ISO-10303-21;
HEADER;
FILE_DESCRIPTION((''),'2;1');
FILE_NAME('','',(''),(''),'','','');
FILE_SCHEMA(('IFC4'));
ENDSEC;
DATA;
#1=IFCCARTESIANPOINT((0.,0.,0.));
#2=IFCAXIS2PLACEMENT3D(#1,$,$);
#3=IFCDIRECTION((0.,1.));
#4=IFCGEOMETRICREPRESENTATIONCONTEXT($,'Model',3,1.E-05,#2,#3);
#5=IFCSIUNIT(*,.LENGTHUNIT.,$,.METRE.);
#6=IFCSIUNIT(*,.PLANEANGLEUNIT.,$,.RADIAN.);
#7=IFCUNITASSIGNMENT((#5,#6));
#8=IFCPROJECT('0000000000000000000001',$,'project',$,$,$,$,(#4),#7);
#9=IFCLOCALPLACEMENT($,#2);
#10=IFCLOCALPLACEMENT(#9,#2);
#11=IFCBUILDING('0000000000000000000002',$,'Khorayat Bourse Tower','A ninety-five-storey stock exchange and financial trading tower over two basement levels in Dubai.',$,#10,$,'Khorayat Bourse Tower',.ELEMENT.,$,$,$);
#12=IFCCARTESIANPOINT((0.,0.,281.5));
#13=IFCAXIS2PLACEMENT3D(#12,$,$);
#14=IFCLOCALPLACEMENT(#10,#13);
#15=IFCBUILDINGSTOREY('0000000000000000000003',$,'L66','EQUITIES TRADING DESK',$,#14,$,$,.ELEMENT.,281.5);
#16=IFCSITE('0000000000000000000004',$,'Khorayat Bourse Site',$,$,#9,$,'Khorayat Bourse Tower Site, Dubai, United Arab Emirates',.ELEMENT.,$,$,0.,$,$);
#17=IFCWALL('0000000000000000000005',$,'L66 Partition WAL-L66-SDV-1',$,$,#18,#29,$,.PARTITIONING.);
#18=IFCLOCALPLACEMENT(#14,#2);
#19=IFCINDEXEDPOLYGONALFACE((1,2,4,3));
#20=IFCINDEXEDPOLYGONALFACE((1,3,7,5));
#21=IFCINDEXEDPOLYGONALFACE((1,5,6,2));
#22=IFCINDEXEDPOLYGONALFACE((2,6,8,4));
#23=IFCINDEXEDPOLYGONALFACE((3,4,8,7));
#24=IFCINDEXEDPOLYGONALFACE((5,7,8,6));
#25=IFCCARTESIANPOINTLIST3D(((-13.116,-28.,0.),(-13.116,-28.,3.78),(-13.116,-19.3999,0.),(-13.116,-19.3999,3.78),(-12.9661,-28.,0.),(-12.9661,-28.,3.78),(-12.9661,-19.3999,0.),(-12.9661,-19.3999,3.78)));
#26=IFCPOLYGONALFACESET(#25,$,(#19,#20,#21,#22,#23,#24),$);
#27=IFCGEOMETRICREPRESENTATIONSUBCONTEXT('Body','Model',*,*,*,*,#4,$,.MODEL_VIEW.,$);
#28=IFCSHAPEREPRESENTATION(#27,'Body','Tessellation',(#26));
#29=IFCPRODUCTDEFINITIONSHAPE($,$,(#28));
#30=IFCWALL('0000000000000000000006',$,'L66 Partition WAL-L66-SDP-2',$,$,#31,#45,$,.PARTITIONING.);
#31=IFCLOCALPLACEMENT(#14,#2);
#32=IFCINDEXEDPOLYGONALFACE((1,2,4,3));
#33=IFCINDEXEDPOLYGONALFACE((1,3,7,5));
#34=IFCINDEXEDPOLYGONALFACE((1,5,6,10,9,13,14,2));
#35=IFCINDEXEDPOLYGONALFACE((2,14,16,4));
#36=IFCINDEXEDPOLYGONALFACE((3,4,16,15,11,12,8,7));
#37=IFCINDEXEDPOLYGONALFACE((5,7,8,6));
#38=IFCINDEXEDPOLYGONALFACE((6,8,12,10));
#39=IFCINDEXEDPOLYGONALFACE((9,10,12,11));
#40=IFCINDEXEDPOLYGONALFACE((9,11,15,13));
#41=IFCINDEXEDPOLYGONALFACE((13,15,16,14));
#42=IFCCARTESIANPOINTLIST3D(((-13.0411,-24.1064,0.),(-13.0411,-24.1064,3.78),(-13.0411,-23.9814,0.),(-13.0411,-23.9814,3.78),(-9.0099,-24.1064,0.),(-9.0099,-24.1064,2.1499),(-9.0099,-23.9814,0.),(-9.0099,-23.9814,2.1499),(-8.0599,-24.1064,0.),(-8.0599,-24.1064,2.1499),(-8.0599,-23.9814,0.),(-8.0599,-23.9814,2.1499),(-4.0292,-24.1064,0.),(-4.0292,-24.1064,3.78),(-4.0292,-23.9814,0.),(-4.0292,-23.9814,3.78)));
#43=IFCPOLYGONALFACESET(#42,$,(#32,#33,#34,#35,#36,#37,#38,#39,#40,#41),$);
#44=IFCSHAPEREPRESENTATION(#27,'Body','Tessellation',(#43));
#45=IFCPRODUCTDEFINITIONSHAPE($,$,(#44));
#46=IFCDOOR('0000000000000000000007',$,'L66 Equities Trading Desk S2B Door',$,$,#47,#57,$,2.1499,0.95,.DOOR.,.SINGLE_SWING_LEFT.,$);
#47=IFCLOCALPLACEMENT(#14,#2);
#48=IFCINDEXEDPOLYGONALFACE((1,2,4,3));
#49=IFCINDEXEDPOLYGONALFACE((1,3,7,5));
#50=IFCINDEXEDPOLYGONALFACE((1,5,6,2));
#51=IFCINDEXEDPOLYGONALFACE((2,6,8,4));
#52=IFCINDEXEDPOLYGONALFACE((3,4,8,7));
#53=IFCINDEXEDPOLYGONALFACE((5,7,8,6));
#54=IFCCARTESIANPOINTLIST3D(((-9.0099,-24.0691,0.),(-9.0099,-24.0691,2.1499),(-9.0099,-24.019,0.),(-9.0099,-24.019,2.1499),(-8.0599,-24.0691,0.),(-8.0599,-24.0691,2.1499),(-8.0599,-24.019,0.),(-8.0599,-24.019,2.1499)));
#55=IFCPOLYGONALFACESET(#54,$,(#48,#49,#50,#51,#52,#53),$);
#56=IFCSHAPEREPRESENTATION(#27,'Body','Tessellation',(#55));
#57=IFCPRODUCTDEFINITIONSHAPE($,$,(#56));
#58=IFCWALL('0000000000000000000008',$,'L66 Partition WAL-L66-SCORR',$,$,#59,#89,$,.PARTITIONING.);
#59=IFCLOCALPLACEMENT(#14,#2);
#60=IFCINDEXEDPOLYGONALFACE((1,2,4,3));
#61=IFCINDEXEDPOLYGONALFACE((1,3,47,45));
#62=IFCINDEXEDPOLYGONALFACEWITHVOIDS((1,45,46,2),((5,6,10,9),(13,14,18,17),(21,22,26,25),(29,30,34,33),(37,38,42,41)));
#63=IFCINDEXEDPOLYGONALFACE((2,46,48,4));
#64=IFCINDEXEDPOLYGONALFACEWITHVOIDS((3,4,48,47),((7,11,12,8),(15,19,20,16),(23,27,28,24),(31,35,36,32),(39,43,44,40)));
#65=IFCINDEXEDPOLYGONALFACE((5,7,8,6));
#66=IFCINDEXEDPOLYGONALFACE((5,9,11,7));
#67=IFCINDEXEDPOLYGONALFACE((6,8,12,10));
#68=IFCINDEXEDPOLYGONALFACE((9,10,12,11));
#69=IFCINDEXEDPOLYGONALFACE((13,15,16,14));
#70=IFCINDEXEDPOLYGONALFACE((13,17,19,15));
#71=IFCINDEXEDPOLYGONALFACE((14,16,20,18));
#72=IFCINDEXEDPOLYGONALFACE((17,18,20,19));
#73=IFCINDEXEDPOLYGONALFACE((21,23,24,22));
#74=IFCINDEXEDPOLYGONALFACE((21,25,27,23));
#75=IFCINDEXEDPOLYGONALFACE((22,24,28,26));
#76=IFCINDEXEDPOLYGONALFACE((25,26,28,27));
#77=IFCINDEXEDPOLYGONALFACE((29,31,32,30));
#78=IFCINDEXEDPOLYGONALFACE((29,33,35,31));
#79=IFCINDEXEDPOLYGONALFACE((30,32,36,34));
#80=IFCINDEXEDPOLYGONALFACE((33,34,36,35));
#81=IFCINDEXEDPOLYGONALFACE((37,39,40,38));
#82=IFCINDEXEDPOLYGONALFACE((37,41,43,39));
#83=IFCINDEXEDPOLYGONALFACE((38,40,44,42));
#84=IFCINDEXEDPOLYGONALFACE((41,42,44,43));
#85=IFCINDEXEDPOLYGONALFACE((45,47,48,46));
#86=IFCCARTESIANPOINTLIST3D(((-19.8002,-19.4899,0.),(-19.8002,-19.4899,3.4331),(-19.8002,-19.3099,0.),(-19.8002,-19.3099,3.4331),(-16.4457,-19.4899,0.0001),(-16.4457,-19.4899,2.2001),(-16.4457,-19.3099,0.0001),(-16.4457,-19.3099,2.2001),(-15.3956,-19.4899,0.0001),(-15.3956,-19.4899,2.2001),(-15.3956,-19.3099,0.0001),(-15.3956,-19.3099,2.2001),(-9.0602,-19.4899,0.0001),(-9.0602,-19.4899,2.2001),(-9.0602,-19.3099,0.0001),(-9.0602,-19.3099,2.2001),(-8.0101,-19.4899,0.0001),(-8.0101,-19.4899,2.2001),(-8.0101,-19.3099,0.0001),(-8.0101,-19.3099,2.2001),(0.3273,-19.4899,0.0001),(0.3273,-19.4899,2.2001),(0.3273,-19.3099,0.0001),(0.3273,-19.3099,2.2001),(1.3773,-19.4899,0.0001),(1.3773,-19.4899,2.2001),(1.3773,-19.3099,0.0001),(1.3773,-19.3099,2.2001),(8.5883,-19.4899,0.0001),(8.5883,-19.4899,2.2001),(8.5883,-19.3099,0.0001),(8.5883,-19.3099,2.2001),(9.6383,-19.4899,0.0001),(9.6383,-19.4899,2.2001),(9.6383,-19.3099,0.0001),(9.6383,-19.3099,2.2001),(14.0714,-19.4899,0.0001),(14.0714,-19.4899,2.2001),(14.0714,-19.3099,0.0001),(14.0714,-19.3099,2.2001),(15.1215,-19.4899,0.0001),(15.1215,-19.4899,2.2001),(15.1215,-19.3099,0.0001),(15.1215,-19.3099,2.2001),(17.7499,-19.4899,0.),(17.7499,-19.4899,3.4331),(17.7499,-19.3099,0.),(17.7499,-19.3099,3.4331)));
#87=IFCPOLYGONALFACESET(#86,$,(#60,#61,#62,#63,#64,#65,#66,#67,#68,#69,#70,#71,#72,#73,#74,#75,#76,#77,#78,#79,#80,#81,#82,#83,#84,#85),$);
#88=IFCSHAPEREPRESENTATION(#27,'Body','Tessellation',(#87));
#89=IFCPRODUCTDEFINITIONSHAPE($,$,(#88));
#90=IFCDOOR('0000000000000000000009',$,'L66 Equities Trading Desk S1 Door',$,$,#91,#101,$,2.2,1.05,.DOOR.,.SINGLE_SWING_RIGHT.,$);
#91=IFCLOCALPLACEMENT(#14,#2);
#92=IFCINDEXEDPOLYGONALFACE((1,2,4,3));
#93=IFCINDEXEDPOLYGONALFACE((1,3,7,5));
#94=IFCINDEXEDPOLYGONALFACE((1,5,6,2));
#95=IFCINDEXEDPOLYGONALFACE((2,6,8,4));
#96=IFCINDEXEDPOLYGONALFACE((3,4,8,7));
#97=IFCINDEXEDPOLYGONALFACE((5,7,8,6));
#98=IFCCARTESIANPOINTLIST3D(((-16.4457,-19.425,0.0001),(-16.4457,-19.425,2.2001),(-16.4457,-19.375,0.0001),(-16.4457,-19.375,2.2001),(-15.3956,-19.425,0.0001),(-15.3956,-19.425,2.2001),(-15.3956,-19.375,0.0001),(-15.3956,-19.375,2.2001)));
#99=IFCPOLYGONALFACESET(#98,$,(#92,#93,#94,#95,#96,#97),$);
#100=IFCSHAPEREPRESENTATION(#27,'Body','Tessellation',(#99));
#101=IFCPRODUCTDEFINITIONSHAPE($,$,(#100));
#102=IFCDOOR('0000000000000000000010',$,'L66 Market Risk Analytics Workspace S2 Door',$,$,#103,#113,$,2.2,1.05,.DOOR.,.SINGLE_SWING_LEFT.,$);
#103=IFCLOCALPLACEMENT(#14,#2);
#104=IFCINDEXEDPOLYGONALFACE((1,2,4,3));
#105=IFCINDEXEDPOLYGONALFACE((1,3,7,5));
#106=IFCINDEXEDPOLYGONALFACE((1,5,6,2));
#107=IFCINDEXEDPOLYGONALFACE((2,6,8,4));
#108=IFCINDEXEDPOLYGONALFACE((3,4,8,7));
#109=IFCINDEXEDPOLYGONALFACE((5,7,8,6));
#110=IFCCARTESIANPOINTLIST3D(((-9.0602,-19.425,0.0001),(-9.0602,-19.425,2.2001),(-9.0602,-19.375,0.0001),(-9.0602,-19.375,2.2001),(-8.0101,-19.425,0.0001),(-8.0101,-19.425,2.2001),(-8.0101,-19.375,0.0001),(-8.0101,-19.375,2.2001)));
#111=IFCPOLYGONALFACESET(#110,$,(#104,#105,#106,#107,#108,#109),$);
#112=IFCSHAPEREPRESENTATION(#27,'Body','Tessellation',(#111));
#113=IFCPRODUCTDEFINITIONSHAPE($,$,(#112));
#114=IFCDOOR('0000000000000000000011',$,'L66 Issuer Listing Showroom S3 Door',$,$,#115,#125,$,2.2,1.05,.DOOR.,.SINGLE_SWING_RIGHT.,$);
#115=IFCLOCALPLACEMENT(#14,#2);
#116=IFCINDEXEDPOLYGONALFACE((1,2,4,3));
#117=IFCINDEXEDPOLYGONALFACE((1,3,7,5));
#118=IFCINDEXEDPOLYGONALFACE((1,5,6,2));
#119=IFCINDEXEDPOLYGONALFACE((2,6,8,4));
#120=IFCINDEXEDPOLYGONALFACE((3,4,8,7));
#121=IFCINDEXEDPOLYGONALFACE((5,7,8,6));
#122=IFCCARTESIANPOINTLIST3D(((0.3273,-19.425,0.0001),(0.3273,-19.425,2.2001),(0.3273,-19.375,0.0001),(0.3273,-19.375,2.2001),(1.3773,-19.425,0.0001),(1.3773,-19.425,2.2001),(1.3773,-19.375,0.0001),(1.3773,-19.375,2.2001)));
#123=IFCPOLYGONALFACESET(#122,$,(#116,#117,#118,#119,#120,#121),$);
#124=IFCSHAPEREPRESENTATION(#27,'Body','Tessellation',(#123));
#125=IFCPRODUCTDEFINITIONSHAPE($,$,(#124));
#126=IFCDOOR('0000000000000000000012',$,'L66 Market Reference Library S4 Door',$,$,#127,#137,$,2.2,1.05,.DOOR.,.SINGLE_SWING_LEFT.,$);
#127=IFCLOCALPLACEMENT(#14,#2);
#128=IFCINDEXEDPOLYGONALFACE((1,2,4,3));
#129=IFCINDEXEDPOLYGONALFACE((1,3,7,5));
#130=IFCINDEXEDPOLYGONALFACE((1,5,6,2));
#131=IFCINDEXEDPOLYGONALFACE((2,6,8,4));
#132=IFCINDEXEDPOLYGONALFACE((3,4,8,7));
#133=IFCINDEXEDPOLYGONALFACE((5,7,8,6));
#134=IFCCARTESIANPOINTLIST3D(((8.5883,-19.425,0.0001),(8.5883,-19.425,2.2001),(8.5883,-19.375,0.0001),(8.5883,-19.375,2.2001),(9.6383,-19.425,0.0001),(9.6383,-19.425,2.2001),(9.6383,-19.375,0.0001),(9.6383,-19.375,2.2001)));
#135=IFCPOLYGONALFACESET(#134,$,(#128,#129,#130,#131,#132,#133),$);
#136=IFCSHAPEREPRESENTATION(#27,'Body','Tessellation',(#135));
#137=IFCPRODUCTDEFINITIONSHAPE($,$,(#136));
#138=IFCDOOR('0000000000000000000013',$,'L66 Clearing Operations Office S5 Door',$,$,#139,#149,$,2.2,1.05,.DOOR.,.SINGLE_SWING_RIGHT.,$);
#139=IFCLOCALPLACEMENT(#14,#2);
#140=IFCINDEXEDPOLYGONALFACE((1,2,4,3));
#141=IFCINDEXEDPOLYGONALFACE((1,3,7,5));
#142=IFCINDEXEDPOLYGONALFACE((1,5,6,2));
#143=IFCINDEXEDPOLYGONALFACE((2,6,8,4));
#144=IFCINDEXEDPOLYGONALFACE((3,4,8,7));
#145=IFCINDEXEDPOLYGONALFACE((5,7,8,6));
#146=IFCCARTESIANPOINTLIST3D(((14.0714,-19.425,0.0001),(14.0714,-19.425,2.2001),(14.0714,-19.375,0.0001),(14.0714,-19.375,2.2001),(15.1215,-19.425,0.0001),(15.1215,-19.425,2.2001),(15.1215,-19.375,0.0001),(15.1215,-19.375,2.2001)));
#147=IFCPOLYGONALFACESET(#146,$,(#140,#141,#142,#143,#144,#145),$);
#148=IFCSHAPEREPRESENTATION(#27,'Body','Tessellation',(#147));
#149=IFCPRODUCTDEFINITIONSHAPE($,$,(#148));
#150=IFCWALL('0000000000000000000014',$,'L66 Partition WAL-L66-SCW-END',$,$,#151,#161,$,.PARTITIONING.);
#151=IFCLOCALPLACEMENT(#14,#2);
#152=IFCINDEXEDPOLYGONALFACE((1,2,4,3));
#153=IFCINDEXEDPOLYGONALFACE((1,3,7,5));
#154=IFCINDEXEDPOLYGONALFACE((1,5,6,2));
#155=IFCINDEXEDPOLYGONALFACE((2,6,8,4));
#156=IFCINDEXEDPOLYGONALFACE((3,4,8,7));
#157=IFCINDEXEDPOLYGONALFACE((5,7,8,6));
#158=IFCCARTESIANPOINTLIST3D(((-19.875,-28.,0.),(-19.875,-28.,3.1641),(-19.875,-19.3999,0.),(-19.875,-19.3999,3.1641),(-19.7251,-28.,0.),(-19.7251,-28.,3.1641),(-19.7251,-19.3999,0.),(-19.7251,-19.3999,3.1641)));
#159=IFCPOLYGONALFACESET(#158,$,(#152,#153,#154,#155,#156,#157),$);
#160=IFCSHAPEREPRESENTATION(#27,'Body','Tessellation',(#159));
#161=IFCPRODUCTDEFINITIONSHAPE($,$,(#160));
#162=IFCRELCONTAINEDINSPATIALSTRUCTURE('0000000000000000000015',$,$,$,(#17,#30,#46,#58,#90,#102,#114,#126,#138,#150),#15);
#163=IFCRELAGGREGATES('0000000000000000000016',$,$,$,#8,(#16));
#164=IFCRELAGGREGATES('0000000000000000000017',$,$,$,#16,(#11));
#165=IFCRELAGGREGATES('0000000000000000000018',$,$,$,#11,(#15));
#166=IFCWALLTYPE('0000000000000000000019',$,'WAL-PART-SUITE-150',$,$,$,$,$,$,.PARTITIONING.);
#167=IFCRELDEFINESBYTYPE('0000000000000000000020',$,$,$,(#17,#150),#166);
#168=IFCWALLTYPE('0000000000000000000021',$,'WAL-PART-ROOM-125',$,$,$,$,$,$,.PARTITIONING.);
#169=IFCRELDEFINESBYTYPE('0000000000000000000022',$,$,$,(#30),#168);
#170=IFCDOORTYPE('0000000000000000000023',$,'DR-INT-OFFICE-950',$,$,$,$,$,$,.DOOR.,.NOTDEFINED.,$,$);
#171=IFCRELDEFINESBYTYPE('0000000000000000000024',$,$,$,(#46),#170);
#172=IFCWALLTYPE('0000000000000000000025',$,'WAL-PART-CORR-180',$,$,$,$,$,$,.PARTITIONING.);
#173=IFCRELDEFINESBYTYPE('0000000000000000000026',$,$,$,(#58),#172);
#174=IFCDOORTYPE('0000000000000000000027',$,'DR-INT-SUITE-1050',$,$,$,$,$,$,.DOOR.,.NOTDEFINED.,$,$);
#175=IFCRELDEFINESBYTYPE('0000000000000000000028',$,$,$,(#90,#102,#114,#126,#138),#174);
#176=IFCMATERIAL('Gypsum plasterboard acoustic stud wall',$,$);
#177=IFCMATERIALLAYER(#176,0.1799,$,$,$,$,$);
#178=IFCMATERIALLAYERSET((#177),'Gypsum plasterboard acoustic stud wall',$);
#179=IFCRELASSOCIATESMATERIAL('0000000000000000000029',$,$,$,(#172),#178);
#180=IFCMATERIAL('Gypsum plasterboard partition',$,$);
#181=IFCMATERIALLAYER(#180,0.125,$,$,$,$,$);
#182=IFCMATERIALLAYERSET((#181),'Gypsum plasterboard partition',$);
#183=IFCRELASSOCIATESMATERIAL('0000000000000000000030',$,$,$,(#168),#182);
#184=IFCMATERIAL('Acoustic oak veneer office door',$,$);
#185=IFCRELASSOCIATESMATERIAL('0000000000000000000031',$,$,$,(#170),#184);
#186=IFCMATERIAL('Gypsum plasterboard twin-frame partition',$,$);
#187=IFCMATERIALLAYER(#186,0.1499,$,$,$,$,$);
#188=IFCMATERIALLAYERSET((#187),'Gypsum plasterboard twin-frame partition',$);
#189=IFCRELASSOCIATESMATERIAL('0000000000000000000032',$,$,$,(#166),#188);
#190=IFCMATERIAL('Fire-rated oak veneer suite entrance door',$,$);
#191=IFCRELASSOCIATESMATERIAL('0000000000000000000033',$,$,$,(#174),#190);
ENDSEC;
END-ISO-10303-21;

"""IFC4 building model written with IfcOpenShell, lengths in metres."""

from ifc_helpers import new_model, si_unit, direction, frame, frame_2d, origin, place, context, subcontext, project, spatial, rectangle, extrude, source, transform, mapped, material, layer, layer_set, type_object, element, fill, save


model = new_model("IFC4")

# Units and contexts
model_context = context("Model", 3, precision=1e-05, world=origin(), true_north=direction((0.0, 1.0)))
body_context = subcontext(model_context, "Body", "Model", "MODEL_VIEW")
ifc_project = project(units=[si_unit("LENGTHUNIT", "METRE"), si_unit("PLANEANGLEUNIT", "RADIAN")], contexts=[model_context])

# Site, building, storey
site_placement = place(None, origin())
site = spatial("IfcSite", under=ifc_project, at=site_placement, Name="Khorayat Bourse Site", LongName="Khorayat Bourse Tower Site, Dubai, United Arab Emirates", CompositionType="ELEMENT", RefElevation=0.0)
building_placement = place(site_placement, origin())
building = spatial("IfcBuilding", under=site, at=building_placement, Name="Khorayat Bourse Tower", Description="A ninety-five-storey stock exchange and financial trading tower over two basement levels in Dubai.", LongName="Khorayat Bourse Tower", CompositionType="ELEMENT")
storey_placement = place(building_placement, frame((0.0, 0.0, 281.5)))
storey = spatial("IfcBuildingStorey", under=building, at=storey_placement, Name="L66", Description="EQUITIES TRADING DESK", CompositionType="ELEMENT", Elevation=281.5)

# Shared definitions
ifc_material_1 = material(Name="Gypsum plasterboard acoustic stud wall")
ifc_layer_1 = layer(ifc_material_1, 0.1799)
ifc_layer_set_1 = layer_set([ifc_layer_1], Name="Gypsum plasterboard acoustic stud wall")
wall_type_1 = type_object("IfcWallType", Name="WAL-PART-CORR-180", PredefinedType="PARTITIONING", material=ifc_layer_set_1)
ifc_material_2 = material(Name="Gypsum plasterboard partition")
ifc_layer_2 = layer(ifc_material_2, 0.125)
ifc_layer_set_2 = layer_set([ifc_layer_2], Name="Gypsum plasterboard partition")
wall_type_2 = type_object("IfcWallType", Name="WAL-PART-ROOM-125", PredefinedType="PARTITIONING", material=ifc_layer_set_2)
shared_shape_1 = source(origin(), body_context, "Body", "SweptSolid", [
    extrude(rectangle(XDim=0.95, YDim=2.1499, at=frame_2d((0.4751, 1.075))), frame((0.0, 0.0725, 0.0), z_axis=(0.0, -1.0, 0.0), x_axis=(1.0, 0.0, 0.0)), (0.0, 0.0, 1.0), 0.145),
])
ifc_material_3 = material(Name="Acoustic oak veneer office door")
door_type_1 = type_object("IfcDoorType", Name="DR-INT-OFFICE-950", OperationType="NOTDEFINED", PredefinedType="DOOR", material=ifc_material_3)
shared_shape_2 = source(origin(), body_context, "Body", "SweptSolid", [
    extrude(rectangle(XDim=0.95, YDim=2.1499, at=frame_2d((0.4751, 1.075))), frame((0.0, 0.0249, 0.0), z_axis=(0.0, -1.0, 0.0), x_axis=(1.0, 0.0, 0.0)), (0.0, 0.0, 1.0), 0.05),
])

# Wall
ifc_material_4 = material(Name="Gypsum plasterboard twin-frame partition")
ifc_layer_3 = layer(ifc_material_4, 0.1499)
ifc_layer_set_3 = layer_set([ifc_layer_3], Name="Gypsum plasterboard twin-frame partition")
wall_type_3 = type_object("IfcWallType", Name="WAL-PART-SUITE-150", PredefinedType="PARTITIONING", material=ifc_layer_set_3)
shared_shape_3 = source(origin(), body_context, "Body", "SweptSolid", [
    extrude(rectangle(XDim=8.6001, YDim=0.1499, at=frame_2d((4.3, 0.0))), origin(), (0.0, 0.0, 1.0), 3.78),
])
wall_1_placement = place(storey_placement, frame((-13.041, -28.0, 0.0), z_axis=(0.0, 0.0, 1.0), x_axis=(0.0, 1.0, 0.0)))
element("IfcWall", 1, at=wall_1_placement, inside=storey, type_object=wall_type_3, Name="L66 Partition WAL-L66-SDV-1", PredefinedType="PARTITIONING", context=body_context, shape_type="MappedRepresentation", body=[
    mapped(shared_shape_3, transform((0.0, 0.0, 0.0), scale=1.0)),
])

# Wall, opening, door
shared_shape_4 = source(origin(), body_context, "Body", "SweptSolid", [
    extrude(rectangle(XDim=9.012, YDim=0.125, at=frame_2d((4.5059, 0.0))), origin(), (0.0, 0.0, 1.0), 3.78),
])
wall_2_placement = place(storey_placement, frame((-13.041, -24.0439, 0.0), z_axis=(0.0, 0.0, 1.0), x_axis=(1.0, 0.0, 0.0)))
wall_2 = element("IfcWall", 2, at=wall_2_placement, inside=storey, type_object=wall_type_2, Name="L66 Partition WAL-L66-SDP-2", PredefinedType="PARTITIONING", context=body_context, shape_type="MappedRepresentation", body=[
    mapped(shared_shape_4, transform((0.0, 0.0, 0.0), scale=1.0)),
])
opening_1_placement = place(wall_2_placement, frame((4.031, 0.0, 0.0)))
opening_1 = element("IfcOpeningElement", 3, at=opening_1_placement, cuts=wall_2, PredefinedType="OPENING", context=body_context, shape_type="MappedRepresentation", body=[
    mapped(shared_shape_1, transform((0.0, 0.0, 0.0), scale=1.0)),
])
door_1_placement = place(opening_1_placement, origin())
door_1 = element("IfcDoor", 4, at=door_1_placement, inside=storey, type_object=door_type_1, Name="L66 Equities Trading Desk S2B Door", OperationType="SINGLE_SWING_LEFT", OverallHeight=2.1499, OverallWidth=0.95, PredefinedType="DOOR", context=body_context, shape_type="MappedRepresentation", body=[
    mapped(shared_shape_2, transform((0.0, 0.0, 0.0), scale=1.0)),
])
fill(opening_1, door_1)

# Wall, openings, doors
shared_shape_5 = source(origin(), body_context, "Body", "SweptSolid", [
    extrude(rectangle(XDim=37.55, YDim=0.1799, at=frame_2d((18.7749, 0.0))), origin(), (0.0, 0.0, 1.0), 3.4331),
])
wall_3_placement = place(storey_placement, frame((-19.8, -19.3999, 0.0), z_axis=(0.0, 0.0, 1.0), x_axis=(1.0, 0.0, 0.0)))
wall_3 = element("IfcWall", 5, at=wall_3_placement, inside=storey, type_object=wall_type_1, Name="L66 Partition WAL-L66-SCORR", PredefinedType="PARTITIONING", context=body_context, shape_type="MappedRepresentation", body=[
    mapped(shared_shape_5, transform((0.0, 0.0, 0.0), scale=1.0)),
])
shared_shape_6 = source(origin(), body_context, "Body", "SweptSolid", [
    extrude(rectangle(XDim=1.05, YDim=2.2, at=frame_2d((0.5249, 1.1001))), frame((0.0, 0.0999, 0.0), z_axis=(0.0, -1.0, 0.0), x_axis=(1.0, 0.0, 0.0)), (0.0, 0.0, 1.0), 0.2),
])
opening_2_placement = place(wall_3_placement, frame((3.3545, 0.0, 0.0)))
opening_2 = element("IfcOpeningElement", 6, at=opening_2_placement, cuts=wall_3, PredefinedType="OPENING", context=body_context, shape_type="MappedRepresentation", body=[
    mapped(shared_shape_6, transform((0.0, 0.0, 0.0), scale=1.0)),
])
opening_3_placement = place(wall_3_placement, frame((10.74, 0.0, 0.0)))
opening_3 = element("IfcOpeningElement", 7, at=opening_3_placement, cuts=wall_3, PredefinedType="OPENING", context=body_context, shape_type="MappedRepresentation", body=[
    mapped(shared_shape_6, transform((0.0, 0.0, 0.0), scale=1.0)),
])
opening_4_placement = place(wall_3_placement, frame((20.1274, 0.0, 0.0)))
opening_4 = element("IfcOpeningElement", 8, at=opening_4_placement, cuts=wall_3, PredefinedType="OPENING", context=body_context, shape_type="MappedRepresentation", body=[
    mapped(shared_shape_6, transform((0.0, 0.0, 0.0), scale=1.0)),
])
opening_5_placement = place(wall_3_placement, frame((28.3884, 0.0, 0.0)))
opening_5 = element("IfcOpeningElement", 9, at=opening_5_placement, cuts=wall_3, PredefinedType="OPENING", context=body_context, shape_type="MappedRepresentation", body=[
    mapped(shared_shape_6, transform((0.0, 0.0, 0.0), scale=1.0)),
])
opening_6_placement = place(wall_3_placement, frame((33.8716, 0.0, 0.0)))
opening_6 = element("IfcOpeningElement", 10, at=opening_6_placement, cuts=wall_3, PredefinedType="OPENING", context=body_context, shape_type="MappedRepresentation", body=[
    mapped(shared_shape_6, transform((0.0, 0.0, 0.0), scale=1.0)),
])
ifc_material_5 = material(Name="Fire-rated oak veneer suite entrance door")
door_type_2 = type_object("IfcDoorType", Name="DR-INT-SUITE-1050", OperationType="NOTDEFINED", PredefinedType="DOOR", material=ifc_material_5)
shared_shape_7 = source(origin(), body_context, "Body", "SweptSolid", [
    extrude(rectangle(XDim=1.05, YDim=2.2, at=frame_2d((0.5249, 1.1001))), frame((0.0, 0.0249, 0.0), z_axis=(0.0, -1.0, 0.0), x_axis=(1.0, 0.0, 0.0)), (0.0, 0.0, 1.0), 0.05),
])
door_2_placement = place(opening_2_placement, origin())
door_2 = element("IfcDoor", 11, at=door_2_placement, inside=storey, type_object=door_type_2, Name="L66 Equities Trading Desk S1 Door", OperationType="SINGLE_SWING_RIGHT", OverallHeight=2.2, OverallWidth=1.05, PredefinedType="DOOR", context=body_context, shape_type="MappedRepresentation", body=[
    mapped(shared_shape_7, transform((0.0, 0.0, 0.0), scale=1.0)),
])
fill(opening_2, door_2)
door_3_placement = place(opening_3_placement, origin())
door_3 = element("IfcDoor", 12, at=door_3_placement, inside=storey, type_object=door_type_2, Name="L66 Market Risk Analytics Workspace S2 Door", OperationType="SINGLE_SWING_LEFT", OverallHeight=2.2, OverallWidth=1.05, PredefinedType="DOOR", context=body_context, shape_type="MappedRepresentation", body=[
    mapped(shared_shape_7, transform((0.0, 0.0, 0.0), scale=1.0)),
])
fill(opening_3, door_3)
door_4_placement = place(opening_4_placement, origin())
door_4 = element("IfcDoor", 13, at=door_4_placement, inside=storey, type_object=door_type_2, Name="L66 Issuer Listing Showroom S3 Door", OperationType="SINGLE_SWING_RIGHT", OverallHeight=2.2, OverallWidth=1.05, PredefinedType="DOOR", context=body_context, shape_type="MappedRepresentation", body=[
    mapped(shared_shape_7, transform((0.0, 0.0, 0.0), scale=1.0)),
])
fill(opening_4, door_4)
door_5_placement = place(opening_5_placement, origin())
door_5 = element("IfcDoor", 14, at=door_5_placement, inside=storey, type_object=door_type_2, Name="L66 Market Reference Library S4 Door", OperationType="SINGLE_SWING_LEFT", OverallHeight=2.2, OverallWidth=1.05, PredefinedType="DOOR", context=body_context, shape_type="MappedRepresentation", body=[
    mapped(shared_shape_7, transform((0.0, 0.0, 0.0), scale=1.0)),
])
fill(opening_5, door_5)
door_6_placement = place(opening_6_placement, origin())
door_6 = element("IfcDoor", 15, at=door_6_placement, inside=storey, type_object=door_type_2, Name="L66 Clearing Operations Office S5 Door", OperationType="SINGLE_SWING_RIGHT", OverallHeight=2.2, OverallWidth=1.05, PredefinedType="DOOR", context=body_context, shape_type="MappedRepresentation", body=[
    mapped(shared_shape_7, transform((0.0, 0.0, 0.0), scale=1.0)),
])
fill(opening_6, door_6)

# Wall
shared_shape_8 = source(origin(), body_context, "Body", "SweptSolid", [
    extrude(rectangle(XDim=8.6001, YDim=0.1499, at=frame_2d((4.3, 0.0))), origin(), (0.0, 0.0, 1.0), 3.1641),
])
wall_4_placement = place(storey_placement, frame((-19.8, -28.0, 0.0), z_axis=(0.0, 0.0, 1.0), x_axis=(0.0, 1.0, 0.0)))
element("IfcWall", 16, at=wall_4_placement, inside=storey, type_object=wall_type_3, Name="L66 Partition WAL-L66-SCW-END", PredefinedType="PARTITIONING", context=body_context, shape_type="MappedRepresentation", body=[
    mapped(shared_shape_8, transform((0.0, 0.0, 0.0), scale=1.0)),
])

save(model, "model.ifc")
